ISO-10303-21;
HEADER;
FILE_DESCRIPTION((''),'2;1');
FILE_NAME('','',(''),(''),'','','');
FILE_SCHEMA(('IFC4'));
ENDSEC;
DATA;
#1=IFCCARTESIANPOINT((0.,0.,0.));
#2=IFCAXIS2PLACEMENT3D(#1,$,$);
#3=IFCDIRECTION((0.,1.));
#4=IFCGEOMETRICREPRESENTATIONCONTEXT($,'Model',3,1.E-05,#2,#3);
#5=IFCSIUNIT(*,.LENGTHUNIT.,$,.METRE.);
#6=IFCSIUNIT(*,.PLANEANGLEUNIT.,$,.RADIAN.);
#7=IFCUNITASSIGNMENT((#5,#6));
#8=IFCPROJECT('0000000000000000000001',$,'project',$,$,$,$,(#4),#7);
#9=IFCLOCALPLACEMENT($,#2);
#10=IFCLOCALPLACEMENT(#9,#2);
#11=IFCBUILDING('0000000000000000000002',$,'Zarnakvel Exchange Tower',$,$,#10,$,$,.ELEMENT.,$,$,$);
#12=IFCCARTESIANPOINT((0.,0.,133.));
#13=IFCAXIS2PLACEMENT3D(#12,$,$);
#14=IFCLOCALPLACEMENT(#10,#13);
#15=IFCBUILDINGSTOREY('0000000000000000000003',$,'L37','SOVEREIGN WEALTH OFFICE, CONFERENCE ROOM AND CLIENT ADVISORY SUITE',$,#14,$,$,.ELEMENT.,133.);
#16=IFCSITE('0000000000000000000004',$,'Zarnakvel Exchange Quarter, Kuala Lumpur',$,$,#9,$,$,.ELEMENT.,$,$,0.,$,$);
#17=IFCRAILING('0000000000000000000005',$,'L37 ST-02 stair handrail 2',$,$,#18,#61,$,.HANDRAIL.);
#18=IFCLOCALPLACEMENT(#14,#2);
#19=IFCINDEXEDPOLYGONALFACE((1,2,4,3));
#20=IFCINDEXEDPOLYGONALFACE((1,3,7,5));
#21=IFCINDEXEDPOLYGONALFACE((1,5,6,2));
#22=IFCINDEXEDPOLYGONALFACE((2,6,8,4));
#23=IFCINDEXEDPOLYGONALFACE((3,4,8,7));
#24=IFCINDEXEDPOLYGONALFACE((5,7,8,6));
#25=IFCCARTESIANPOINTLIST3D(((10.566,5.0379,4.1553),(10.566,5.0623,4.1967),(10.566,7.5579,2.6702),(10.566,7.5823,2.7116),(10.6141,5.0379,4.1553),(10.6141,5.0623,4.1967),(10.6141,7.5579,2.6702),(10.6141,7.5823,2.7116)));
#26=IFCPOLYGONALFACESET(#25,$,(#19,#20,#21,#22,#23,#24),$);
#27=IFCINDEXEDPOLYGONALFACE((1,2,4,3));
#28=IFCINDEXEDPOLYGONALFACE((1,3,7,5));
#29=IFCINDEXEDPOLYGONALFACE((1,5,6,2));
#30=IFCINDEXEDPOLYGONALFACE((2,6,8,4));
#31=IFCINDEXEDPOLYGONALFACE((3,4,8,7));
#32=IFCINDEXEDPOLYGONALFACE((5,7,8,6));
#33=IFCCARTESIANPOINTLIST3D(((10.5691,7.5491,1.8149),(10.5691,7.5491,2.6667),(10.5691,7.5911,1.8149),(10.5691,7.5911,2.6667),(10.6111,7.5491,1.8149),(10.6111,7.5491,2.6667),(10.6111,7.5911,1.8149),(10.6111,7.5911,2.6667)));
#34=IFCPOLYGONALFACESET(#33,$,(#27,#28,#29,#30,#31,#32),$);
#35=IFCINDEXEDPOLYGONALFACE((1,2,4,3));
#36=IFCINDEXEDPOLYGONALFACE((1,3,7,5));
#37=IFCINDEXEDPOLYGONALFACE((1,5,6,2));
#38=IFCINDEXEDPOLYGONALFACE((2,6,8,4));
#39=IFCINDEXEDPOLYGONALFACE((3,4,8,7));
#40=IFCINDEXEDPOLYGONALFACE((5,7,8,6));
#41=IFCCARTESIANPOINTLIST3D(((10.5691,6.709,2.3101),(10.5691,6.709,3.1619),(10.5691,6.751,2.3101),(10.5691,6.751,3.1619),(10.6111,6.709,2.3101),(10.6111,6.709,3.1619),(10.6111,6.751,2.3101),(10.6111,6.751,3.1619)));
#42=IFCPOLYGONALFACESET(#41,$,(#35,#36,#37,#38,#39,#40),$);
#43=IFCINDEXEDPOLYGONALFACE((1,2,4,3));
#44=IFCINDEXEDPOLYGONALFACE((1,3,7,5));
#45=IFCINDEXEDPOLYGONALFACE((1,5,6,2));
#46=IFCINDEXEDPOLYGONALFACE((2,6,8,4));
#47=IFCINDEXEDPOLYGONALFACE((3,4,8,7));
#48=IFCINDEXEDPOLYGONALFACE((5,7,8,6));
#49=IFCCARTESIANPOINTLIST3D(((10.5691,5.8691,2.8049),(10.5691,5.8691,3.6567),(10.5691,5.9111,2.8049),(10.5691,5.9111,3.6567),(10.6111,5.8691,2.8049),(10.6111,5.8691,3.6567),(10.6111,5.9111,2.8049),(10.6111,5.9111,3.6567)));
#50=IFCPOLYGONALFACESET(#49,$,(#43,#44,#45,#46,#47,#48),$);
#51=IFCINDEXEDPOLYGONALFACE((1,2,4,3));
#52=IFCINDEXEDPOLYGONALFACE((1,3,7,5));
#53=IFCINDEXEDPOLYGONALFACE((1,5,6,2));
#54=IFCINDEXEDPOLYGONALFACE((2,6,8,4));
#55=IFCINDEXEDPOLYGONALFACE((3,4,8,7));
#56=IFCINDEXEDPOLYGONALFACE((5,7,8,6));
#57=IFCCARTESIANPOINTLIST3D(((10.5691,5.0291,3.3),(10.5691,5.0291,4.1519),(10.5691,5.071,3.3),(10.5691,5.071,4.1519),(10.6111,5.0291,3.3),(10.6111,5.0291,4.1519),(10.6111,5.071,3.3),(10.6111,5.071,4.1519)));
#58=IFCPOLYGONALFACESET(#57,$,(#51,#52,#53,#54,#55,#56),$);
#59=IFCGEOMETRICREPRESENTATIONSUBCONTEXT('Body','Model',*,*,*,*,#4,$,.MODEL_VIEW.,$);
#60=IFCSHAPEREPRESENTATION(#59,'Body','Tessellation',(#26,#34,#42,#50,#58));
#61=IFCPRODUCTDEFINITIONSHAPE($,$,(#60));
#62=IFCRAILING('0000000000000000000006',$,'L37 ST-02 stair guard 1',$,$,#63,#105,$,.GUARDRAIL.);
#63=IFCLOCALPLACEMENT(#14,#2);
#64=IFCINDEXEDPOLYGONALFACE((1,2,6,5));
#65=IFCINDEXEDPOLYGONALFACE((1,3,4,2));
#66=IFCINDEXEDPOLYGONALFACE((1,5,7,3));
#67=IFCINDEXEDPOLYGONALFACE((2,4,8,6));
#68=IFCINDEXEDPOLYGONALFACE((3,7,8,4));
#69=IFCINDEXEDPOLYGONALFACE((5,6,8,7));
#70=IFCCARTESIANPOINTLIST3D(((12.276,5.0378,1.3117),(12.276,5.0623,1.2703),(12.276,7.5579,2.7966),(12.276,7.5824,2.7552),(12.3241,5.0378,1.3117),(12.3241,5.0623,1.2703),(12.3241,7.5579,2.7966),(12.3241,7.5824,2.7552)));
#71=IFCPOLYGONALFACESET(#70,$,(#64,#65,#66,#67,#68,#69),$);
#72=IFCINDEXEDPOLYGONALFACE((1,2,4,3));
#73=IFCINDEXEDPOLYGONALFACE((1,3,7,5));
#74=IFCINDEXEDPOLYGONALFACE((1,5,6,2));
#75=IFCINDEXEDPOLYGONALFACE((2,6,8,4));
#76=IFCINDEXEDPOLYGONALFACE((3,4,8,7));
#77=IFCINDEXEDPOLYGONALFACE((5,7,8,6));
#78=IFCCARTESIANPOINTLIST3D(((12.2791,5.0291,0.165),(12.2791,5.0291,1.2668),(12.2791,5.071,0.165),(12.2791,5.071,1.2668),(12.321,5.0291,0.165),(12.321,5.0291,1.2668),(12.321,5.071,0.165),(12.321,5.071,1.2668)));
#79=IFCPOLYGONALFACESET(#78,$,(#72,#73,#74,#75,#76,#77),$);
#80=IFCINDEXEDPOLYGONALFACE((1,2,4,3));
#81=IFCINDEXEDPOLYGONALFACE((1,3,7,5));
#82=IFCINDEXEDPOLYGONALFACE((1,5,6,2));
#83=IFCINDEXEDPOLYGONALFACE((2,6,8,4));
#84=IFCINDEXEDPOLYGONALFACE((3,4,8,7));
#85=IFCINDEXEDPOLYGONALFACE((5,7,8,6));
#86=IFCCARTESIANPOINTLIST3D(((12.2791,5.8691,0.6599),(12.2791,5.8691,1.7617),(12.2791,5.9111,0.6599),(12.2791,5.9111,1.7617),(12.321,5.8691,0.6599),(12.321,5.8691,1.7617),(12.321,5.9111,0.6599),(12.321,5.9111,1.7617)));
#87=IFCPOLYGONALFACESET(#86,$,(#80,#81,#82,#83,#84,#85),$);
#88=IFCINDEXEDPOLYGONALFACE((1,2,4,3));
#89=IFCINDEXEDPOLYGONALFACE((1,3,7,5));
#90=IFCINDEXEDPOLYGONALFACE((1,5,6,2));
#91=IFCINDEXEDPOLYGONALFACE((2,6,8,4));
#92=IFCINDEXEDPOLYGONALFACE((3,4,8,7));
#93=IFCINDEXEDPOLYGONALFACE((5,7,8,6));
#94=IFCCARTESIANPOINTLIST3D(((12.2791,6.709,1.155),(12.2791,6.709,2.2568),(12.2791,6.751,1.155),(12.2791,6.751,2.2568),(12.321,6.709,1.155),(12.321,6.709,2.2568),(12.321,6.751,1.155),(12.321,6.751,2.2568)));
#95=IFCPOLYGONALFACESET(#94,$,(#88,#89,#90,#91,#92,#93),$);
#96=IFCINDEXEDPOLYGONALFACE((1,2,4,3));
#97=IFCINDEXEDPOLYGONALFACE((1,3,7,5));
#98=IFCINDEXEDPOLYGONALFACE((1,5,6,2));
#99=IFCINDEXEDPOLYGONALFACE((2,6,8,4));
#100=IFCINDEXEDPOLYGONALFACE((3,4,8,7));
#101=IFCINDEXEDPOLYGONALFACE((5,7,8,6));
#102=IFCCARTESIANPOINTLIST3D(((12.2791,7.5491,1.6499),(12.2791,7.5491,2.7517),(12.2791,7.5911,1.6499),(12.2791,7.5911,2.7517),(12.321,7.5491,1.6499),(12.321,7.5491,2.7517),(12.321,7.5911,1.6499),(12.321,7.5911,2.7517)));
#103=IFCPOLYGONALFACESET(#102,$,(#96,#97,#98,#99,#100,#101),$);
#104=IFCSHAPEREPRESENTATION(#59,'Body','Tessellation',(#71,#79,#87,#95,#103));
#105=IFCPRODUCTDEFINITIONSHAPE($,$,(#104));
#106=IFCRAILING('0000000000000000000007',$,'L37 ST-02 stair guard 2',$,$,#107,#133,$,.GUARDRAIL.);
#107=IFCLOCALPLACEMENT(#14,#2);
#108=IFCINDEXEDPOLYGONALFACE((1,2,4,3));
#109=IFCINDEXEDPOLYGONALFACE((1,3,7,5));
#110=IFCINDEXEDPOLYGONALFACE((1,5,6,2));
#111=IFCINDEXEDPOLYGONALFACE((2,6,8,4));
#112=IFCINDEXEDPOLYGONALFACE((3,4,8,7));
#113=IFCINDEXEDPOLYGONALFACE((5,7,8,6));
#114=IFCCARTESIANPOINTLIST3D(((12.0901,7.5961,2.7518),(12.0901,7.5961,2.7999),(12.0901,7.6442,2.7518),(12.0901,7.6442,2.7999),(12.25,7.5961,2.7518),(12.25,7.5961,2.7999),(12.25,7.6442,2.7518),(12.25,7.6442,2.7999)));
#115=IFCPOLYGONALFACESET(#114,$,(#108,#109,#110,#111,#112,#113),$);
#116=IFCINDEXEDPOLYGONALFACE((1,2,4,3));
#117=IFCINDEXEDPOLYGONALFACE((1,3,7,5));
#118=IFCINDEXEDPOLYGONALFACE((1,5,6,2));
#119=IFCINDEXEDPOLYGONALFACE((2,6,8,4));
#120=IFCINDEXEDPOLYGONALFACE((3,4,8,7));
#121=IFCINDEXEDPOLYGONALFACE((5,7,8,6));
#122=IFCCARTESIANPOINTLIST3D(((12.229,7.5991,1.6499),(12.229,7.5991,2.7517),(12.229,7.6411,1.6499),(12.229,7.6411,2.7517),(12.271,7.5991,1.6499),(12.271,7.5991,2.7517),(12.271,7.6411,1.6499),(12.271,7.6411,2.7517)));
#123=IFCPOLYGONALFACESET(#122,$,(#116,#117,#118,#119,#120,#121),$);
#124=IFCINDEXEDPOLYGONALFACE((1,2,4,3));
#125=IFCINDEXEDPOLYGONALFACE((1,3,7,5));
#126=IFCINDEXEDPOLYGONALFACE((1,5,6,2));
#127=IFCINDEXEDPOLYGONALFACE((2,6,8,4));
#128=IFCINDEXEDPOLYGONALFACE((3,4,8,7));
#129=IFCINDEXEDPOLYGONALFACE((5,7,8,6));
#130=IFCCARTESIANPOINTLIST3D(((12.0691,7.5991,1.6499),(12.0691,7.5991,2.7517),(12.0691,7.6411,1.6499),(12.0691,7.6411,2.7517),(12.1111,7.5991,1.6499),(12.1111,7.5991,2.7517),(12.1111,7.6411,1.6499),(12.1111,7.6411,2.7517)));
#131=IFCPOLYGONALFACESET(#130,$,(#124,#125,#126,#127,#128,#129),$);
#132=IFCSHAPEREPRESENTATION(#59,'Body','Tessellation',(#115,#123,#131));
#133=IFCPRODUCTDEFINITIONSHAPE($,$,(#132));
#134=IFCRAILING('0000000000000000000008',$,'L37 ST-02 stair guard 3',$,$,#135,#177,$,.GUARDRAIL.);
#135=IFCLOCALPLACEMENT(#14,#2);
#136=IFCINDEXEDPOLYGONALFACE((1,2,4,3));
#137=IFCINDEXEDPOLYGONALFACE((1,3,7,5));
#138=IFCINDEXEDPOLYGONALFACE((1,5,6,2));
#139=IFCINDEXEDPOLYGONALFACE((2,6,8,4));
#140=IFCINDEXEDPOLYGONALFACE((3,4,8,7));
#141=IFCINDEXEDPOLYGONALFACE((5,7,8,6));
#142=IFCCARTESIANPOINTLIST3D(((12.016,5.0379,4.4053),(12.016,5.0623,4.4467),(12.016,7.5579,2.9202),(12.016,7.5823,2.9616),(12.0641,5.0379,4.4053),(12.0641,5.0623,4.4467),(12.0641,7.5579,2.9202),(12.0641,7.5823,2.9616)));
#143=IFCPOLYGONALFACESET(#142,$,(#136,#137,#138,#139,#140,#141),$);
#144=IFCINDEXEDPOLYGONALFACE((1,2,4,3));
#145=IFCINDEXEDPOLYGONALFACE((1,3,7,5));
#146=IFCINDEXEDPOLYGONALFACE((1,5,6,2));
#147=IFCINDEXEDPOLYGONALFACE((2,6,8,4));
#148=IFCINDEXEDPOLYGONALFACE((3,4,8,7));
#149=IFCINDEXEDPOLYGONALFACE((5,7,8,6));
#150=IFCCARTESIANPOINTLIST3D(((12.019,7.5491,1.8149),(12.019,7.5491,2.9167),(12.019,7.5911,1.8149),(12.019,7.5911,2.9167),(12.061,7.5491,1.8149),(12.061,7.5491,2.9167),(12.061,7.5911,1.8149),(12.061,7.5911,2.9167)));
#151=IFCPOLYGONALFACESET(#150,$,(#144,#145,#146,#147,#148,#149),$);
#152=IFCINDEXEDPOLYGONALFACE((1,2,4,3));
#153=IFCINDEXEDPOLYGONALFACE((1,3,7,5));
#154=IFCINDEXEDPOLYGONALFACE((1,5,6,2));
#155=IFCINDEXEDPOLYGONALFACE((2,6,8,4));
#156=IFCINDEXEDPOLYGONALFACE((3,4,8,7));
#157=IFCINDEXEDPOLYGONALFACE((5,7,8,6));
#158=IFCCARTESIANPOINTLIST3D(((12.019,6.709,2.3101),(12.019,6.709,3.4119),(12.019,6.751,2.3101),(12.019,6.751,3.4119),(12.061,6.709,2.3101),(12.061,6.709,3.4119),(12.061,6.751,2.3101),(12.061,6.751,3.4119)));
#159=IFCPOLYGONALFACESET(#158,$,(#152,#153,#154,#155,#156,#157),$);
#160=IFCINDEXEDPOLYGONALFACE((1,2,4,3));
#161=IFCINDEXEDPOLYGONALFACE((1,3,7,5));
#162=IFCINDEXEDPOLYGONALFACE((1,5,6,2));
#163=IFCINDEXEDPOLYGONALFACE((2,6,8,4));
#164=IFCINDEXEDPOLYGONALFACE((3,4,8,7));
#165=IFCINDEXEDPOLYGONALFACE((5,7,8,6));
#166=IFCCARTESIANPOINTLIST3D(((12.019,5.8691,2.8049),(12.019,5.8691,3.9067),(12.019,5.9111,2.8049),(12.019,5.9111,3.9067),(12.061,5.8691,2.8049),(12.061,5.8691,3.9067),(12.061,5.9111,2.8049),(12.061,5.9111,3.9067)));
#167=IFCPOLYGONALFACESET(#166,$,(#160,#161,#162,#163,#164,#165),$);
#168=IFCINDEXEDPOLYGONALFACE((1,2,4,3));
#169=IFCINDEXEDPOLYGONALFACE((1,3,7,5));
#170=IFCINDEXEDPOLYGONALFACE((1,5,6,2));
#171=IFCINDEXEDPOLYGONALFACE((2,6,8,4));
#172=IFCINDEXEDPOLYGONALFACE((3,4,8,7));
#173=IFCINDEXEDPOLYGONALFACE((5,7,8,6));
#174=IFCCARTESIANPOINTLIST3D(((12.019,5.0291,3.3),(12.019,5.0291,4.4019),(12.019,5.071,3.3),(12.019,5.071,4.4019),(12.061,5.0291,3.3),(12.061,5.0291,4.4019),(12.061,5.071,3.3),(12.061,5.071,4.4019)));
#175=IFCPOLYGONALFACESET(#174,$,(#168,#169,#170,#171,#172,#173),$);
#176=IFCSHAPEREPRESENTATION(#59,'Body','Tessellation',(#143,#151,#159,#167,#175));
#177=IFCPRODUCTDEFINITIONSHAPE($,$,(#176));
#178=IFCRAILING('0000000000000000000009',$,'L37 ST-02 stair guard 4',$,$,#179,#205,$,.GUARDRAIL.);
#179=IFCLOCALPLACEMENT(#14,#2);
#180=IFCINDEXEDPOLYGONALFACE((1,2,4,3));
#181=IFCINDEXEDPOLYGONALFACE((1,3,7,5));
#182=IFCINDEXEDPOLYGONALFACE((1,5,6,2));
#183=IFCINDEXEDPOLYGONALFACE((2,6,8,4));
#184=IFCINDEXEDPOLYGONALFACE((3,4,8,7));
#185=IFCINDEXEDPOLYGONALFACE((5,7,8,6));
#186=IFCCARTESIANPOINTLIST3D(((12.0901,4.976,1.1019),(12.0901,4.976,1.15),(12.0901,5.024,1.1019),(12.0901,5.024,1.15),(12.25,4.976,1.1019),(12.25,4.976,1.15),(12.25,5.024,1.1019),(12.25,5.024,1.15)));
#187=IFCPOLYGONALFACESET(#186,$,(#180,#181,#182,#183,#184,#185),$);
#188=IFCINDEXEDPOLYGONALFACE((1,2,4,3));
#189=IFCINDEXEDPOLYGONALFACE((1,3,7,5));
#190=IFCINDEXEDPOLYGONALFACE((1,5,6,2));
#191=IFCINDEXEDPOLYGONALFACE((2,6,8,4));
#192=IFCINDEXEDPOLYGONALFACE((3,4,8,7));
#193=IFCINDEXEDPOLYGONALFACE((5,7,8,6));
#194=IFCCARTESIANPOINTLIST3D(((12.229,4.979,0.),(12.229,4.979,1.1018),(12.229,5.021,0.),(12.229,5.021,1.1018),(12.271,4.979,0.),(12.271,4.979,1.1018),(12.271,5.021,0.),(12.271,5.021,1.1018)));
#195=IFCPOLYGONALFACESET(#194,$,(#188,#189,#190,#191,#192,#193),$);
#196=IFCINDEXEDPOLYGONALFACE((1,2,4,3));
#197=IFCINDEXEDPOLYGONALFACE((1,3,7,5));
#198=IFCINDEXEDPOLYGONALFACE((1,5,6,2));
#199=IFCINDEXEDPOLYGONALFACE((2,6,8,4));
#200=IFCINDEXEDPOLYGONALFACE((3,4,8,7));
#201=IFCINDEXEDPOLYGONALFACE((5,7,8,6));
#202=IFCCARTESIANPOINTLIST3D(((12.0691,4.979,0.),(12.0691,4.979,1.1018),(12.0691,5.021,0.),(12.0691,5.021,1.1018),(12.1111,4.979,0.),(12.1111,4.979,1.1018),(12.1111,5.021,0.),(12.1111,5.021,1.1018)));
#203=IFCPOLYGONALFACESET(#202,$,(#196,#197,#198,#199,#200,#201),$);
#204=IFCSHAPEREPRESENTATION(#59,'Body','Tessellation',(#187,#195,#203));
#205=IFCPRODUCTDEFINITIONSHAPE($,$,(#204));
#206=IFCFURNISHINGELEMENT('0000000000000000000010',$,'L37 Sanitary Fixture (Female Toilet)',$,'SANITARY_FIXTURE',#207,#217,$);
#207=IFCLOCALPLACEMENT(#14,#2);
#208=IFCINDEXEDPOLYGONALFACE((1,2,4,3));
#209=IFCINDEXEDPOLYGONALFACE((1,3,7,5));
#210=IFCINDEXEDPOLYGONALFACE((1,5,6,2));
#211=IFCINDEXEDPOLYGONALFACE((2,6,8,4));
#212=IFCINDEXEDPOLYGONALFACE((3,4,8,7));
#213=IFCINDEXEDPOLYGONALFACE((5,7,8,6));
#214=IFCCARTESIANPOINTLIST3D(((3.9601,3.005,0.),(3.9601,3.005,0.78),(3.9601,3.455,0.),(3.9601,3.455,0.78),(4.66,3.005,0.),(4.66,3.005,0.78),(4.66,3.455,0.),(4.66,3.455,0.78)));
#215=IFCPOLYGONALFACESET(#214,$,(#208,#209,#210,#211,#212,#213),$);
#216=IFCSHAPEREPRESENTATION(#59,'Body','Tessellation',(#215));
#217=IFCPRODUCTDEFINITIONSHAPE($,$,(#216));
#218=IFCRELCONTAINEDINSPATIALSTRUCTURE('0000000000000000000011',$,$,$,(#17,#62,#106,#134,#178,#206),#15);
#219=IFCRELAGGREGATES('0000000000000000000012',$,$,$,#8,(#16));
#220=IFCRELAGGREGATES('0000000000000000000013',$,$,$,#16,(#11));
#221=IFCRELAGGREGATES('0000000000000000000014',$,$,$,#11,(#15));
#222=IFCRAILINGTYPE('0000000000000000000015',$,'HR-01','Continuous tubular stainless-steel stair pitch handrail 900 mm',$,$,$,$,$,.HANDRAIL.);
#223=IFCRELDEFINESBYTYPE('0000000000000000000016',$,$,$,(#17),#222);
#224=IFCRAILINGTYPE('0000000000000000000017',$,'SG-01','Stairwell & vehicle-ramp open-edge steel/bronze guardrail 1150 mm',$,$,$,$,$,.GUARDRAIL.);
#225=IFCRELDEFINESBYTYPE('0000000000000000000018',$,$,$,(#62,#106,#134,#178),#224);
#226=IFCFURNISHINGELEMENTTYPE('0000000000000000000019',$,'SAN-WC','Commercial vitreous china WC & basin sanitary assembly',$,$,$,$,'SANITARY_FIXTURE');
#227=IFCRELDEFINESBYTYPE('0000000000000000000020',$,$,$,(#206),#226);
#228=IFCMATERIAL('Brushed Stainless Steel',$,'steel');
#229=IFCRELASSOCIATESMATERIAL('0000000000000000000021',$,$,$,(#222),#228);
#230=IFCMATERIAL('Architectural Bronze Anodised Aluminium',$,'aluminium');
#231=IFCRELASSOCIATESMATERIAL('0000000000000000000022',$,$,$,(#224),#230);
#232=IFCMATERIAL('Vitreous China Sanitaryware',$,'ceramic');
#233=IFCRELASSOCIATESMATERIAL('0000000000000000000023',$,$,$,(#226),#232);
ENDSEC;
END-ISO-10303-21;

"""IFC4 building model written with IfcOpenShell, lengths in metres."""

from ifc_helpers import new_model, si_unit, direction, frame, origin, origin_2d, place, context, subcontext, project, spatial, rectangle, extrude, source, transform, mapped, material, type_object, element, save


model = new_model("IFC4")

# Units and contexts
model_context = context("Model", 3, precision=1e-05, world=origin(), true_north=direction((0.0, 1.0)))
body_context = subcontext(model_context, "Body", "Model", "MODEL_VIEW")
ifc_project = project(units=[si_unit("LENGTHUNIT", "METRE"), si_unit("PLANEANGLEUNIT", "RADIAN")], contexts=[model_context])

# Site, building, storey
site_placement = place(None, origin())
site = spatial("IfcSite", under=ifc_project, at=site_placement, Name="Zarnakvel Exchange Quarter, Kuala Lumpur", CompositionType="ELEMENT", RefElevation=0.0)
building_placement = place(site_placement, origin())
building = spatial("IfcBuilding", under=site, at=building_placement, Name="Zarnakvel Exchange Tower", CompositionType="ELEMENT")
storey_placement = place(building_placement, frame((0.0, 0.0, 133.0)))
storey = spatial("IfcBuildingStorey", under=building, at=storey_placement, Name="L37", Description="SOVEREIGN WEALTH OFFICE, CONFERENCE ROOM AND CLIENT ADVISORY SUITE", CompositionType="ELEMENT", Elevation=133.0)

# Shared definitions
ifc_material_1 = material(Name="Brushed Stainless Steel", Category="steel")

# Shared definitions
ifc_material_2 = material(Name="Architectural Bronze Anodised Aluminium", Category="aluminium")

# Railings
railing_type_1 = type_object("IfcRailingType", Name="HR-01", Description="Continuous tubular stainless-steel stair pitch handrail 900 mm", PredefinedType="HANDRAIL", material=ifc_material_1)
railing_1_placement = place(storey_placement, frame((10.5901, 7.5701, 1.8149)))
element("IfcRailing", 1, at=railing_1_placement, inside=storey, type_object=railing_type_1, Name="L37 ST-02 stair handrail 2", PredefinedType="HANDRAIL", context=body_context, shape_type="SweptSolid", body=[
    extrude(rectangle(XDim=0.0481, YDim=0.0481, at=origin_2d()), frame((0.0, 0.0, 0.876), z_axis=(0.0, -0.861524, 0.507717), x_axis=(1.0, 0.0, 0.0)), (0.0, 0.0, 1.0), 2.925),
    extrude(rectangle(XDim=0.042, YDim=0.042, at=origin_2d()), origin(), (0.0, 0.0, 1.0), 0.8518),
    extrude(rectangle(XDim=0.042, YDim=0.042, at=origin_2d()), frame((0.0, -0.8401, 0.4951)), (0.0, 0.0, 1.0), 0.8518),
    extrude(rectangle(XDim=0.042, YDim=0.042, at=origin_2d()), frame((0.0, -1.6799, 0.99)), (0.0, 0.0, 1.0), 0.8518),
    extrude(rectangle(XDim=0.042, YDim=0.042, at=origin_2d()), frame((0.0, -2.52, 1.4851)), (0.0, 0.0, 1.0), 0.8518),
])
railing_type_2 = type_object("IfcRailingType", Name="SG-01", Description="Stairwell & vehicle-ramp open-edge steel/bronze guardrail 1150 mm", PredefinedType="GUARDRAIL", material=ifc_material_2)
railing_2_placement = place(storey_placement, frame((12.3, 5.05, 0.165)))
element("IfcRailing", 2, at=railing_2_placement, inside=storey, type_object=railing_type_2, Name="L37 ST-02 stair guard 1", PredefinedType="GUARDRAIL", context=body_context, shape_type="SweptSolid", body=[
    extrude(rectangle(XDim=0.0481, YDim=0.0481, at=origin_2d()), frame((0.0, 0.0, 1.126), z_axis=(0.0, 0.861561, 0.507655), x_axis=(-1.0, 0.0, 0.0)), (0.0, 0.0, 1.0), 2.925),
    extrude(rectangle(XDim=0.042, YDim=0.042, at=origin_2d()), origin(), (0.0, 0.0, 1.0), 1.1018),
    extrude(rectangle(XDim=0.042, YDim=0.042, at=origin_2d()), frame((0.0, 0.8401, 0.4949)), (0.0, 0.0, 1.0), 1.1018),
    extrude(rectangle(XDim=0.042, YDim=0.042, at=origin_2d()), frame((0.0, 1.6799, 0.99)), (0.0, 0.0, 1.0), 1.1018),
    extrude(rectangle(XDim=0.042, YDim=0.042, at=origin_2d()), frame((0.0, 2.52, 1.4849)), (0.0, 0.0, 1.0), 1.1018),
])
railing_3_placement = place(storey_placement, frame((12.25, 7.6201, 1.6499)))
element("IfcRailing", 3, at=railing_3_placement, inside=storey, type_object=railing_type_2, Name="L37 ST-02 stair guard 2", PredefinedType="GUARDRAIL", context=body_context, shape_type="SweptSolid", body=[
    extrude(rectangle(XDim=0.0481, YDim=0.0481, at=origin_2d()), frame((0.0, 0.0, 1.126), z_axis=(-1.0, 0.0, 0.0), x_axis=(0.0, -1.0, 0.0)), (0.0, 0.0, 1.0), 0.1599),
    extrude(rectangle(XDim=0.042, YDim=0.042, at=origin_2d()), origin(), (0.0, 0.0, 1.0), 1.1018),
    extrude(rectangle(XDim=0.042, YDim=0.042, at=origin_2d()), frame((-0.1599, 0.0, 0.0)), (0.0, 0.0, 1.0), 1.1018),
])
railing_4_placement = place(storey_placement, frame((12.04, 7.5701, 1.8149)))
element("IfcRailing", 4, at=railing_4_placement, inside=storey, type_object=railing_type_2, Name="L37 ST-02 stair guard 3", PredefinedType="GUARDRAIL", context=body_context, shape_type="SweptSolid", body=[
    extrude(rectangle(XDim=0.0481, YDim=0.0481, at=origin_2d()), frame((0.0, 0.0, 1.126), z_axis=(0.0, -0.861524, 0.507717), x_axis=(1.0, 0.0, 0.0)), (0.0, 0.0, 1.0), 2.925),
    extrude(rectangle(XDim=0.042, YDim=0.042, at=origin_2d()), origin(), (0.0, 0.0, 1.0), 1.1018),
    extrude(rectangle(XDim=0.042, YDim=0.042, at=origin_2d()), frame((0.0, -0.8401, 0.4951)), (0.0, 0.0, 1.0), 1.1018),
    extrude(rectangle(XDim=0.042, YDim=0.042, at=origin_2d()), frame((0.0, -1.6799, 0.99)), (0.0, 0.0, 1.0), 1.1018),
    extrude(rectangle(XDim=0.042, YDim=0.042, at=origin_2d()), frame((0.0, -2.52, 1.4851)), (0.0, 0.0, 1.0), 1.1018),
])
railing_5_placement = place(storey_placement, frame((12.25, 5.0, 0.0)))
element("IfcRailing", 5, at=railing_5_placement, inside=storey, type_object=railing_type_2, Name="L37 ST-02 stair guard 4", PredefinedType="GUARDRAIL", context=body_context, shape_type="SweptSolid", body=[
    extrude(rectangle(XDim=0.0481, YDim=0.0481, at=origin_2d()), frame((0.0, 0.0, 1.126), z_axis=(-1.0, 0.0, 0.0), x_axis=(0.0, -1.0, 0.0)), (0.0, 0.0, 1.0), 0.1599),
    extrude(rectangle(XDim=0.042, YDim=0.042, at=origin_2d()), origin(), (0.0, 0.0, 1.0), 1.1018),
    extrude(rectangle(XDim=0.042, YDim=0.042, at=origin_2d()), frame((-0.1599, 0.0, 0.0)), (0.0, 0.0, 1.0), 1.1018),
])

# Furnishing element
ifc_material_3 = material(Name="Vitreous China Sanitaryware", Category="ceramic")
furnishing_element_type = type_object("IfcFurnishingElementType", Name="SAN-WC", Description="Commercial vitreous china WC & basin sanitary assembly", ElementType="SANITARY_FIXTURE", material=ifc_material_3)
shared_shape_1 = source(origin(), body_context, "Body", "SweptSolid", [
    extrude(rectangle(XDim=0.7, YDim=0.45, at=origin_2d()), origin(), (0.0, 0.0, 1.0), 0.78),
])
furnishing_placement = place(storey_placement, frame((4.3101, 3.23, 0.0), z_axis=(0.0, 0.0, 1.0), x_axis=(1.0, 0.0, 0.0)))
element("IfcFurnishingElement", 6, at=furnishing_placement, inside=storey, type_object=furnishing_element_type, Name="L37 Sanitary Fixture (Female Toilet)", ObjectType="SANITARY_FIXTURE", context=body_context, shape_type="MappedRepresentation", body=[
    mapped(shared_shape_1, transform((0.0, 0.0, 0.0), x_axis=(1.0, 0.0, 0.0), y_axis=(0.0, 1.0, 0.0), z_axis=(0.0, 0.0, 1.0), scale=1.0)),
])

save(model, "model.ifc")
